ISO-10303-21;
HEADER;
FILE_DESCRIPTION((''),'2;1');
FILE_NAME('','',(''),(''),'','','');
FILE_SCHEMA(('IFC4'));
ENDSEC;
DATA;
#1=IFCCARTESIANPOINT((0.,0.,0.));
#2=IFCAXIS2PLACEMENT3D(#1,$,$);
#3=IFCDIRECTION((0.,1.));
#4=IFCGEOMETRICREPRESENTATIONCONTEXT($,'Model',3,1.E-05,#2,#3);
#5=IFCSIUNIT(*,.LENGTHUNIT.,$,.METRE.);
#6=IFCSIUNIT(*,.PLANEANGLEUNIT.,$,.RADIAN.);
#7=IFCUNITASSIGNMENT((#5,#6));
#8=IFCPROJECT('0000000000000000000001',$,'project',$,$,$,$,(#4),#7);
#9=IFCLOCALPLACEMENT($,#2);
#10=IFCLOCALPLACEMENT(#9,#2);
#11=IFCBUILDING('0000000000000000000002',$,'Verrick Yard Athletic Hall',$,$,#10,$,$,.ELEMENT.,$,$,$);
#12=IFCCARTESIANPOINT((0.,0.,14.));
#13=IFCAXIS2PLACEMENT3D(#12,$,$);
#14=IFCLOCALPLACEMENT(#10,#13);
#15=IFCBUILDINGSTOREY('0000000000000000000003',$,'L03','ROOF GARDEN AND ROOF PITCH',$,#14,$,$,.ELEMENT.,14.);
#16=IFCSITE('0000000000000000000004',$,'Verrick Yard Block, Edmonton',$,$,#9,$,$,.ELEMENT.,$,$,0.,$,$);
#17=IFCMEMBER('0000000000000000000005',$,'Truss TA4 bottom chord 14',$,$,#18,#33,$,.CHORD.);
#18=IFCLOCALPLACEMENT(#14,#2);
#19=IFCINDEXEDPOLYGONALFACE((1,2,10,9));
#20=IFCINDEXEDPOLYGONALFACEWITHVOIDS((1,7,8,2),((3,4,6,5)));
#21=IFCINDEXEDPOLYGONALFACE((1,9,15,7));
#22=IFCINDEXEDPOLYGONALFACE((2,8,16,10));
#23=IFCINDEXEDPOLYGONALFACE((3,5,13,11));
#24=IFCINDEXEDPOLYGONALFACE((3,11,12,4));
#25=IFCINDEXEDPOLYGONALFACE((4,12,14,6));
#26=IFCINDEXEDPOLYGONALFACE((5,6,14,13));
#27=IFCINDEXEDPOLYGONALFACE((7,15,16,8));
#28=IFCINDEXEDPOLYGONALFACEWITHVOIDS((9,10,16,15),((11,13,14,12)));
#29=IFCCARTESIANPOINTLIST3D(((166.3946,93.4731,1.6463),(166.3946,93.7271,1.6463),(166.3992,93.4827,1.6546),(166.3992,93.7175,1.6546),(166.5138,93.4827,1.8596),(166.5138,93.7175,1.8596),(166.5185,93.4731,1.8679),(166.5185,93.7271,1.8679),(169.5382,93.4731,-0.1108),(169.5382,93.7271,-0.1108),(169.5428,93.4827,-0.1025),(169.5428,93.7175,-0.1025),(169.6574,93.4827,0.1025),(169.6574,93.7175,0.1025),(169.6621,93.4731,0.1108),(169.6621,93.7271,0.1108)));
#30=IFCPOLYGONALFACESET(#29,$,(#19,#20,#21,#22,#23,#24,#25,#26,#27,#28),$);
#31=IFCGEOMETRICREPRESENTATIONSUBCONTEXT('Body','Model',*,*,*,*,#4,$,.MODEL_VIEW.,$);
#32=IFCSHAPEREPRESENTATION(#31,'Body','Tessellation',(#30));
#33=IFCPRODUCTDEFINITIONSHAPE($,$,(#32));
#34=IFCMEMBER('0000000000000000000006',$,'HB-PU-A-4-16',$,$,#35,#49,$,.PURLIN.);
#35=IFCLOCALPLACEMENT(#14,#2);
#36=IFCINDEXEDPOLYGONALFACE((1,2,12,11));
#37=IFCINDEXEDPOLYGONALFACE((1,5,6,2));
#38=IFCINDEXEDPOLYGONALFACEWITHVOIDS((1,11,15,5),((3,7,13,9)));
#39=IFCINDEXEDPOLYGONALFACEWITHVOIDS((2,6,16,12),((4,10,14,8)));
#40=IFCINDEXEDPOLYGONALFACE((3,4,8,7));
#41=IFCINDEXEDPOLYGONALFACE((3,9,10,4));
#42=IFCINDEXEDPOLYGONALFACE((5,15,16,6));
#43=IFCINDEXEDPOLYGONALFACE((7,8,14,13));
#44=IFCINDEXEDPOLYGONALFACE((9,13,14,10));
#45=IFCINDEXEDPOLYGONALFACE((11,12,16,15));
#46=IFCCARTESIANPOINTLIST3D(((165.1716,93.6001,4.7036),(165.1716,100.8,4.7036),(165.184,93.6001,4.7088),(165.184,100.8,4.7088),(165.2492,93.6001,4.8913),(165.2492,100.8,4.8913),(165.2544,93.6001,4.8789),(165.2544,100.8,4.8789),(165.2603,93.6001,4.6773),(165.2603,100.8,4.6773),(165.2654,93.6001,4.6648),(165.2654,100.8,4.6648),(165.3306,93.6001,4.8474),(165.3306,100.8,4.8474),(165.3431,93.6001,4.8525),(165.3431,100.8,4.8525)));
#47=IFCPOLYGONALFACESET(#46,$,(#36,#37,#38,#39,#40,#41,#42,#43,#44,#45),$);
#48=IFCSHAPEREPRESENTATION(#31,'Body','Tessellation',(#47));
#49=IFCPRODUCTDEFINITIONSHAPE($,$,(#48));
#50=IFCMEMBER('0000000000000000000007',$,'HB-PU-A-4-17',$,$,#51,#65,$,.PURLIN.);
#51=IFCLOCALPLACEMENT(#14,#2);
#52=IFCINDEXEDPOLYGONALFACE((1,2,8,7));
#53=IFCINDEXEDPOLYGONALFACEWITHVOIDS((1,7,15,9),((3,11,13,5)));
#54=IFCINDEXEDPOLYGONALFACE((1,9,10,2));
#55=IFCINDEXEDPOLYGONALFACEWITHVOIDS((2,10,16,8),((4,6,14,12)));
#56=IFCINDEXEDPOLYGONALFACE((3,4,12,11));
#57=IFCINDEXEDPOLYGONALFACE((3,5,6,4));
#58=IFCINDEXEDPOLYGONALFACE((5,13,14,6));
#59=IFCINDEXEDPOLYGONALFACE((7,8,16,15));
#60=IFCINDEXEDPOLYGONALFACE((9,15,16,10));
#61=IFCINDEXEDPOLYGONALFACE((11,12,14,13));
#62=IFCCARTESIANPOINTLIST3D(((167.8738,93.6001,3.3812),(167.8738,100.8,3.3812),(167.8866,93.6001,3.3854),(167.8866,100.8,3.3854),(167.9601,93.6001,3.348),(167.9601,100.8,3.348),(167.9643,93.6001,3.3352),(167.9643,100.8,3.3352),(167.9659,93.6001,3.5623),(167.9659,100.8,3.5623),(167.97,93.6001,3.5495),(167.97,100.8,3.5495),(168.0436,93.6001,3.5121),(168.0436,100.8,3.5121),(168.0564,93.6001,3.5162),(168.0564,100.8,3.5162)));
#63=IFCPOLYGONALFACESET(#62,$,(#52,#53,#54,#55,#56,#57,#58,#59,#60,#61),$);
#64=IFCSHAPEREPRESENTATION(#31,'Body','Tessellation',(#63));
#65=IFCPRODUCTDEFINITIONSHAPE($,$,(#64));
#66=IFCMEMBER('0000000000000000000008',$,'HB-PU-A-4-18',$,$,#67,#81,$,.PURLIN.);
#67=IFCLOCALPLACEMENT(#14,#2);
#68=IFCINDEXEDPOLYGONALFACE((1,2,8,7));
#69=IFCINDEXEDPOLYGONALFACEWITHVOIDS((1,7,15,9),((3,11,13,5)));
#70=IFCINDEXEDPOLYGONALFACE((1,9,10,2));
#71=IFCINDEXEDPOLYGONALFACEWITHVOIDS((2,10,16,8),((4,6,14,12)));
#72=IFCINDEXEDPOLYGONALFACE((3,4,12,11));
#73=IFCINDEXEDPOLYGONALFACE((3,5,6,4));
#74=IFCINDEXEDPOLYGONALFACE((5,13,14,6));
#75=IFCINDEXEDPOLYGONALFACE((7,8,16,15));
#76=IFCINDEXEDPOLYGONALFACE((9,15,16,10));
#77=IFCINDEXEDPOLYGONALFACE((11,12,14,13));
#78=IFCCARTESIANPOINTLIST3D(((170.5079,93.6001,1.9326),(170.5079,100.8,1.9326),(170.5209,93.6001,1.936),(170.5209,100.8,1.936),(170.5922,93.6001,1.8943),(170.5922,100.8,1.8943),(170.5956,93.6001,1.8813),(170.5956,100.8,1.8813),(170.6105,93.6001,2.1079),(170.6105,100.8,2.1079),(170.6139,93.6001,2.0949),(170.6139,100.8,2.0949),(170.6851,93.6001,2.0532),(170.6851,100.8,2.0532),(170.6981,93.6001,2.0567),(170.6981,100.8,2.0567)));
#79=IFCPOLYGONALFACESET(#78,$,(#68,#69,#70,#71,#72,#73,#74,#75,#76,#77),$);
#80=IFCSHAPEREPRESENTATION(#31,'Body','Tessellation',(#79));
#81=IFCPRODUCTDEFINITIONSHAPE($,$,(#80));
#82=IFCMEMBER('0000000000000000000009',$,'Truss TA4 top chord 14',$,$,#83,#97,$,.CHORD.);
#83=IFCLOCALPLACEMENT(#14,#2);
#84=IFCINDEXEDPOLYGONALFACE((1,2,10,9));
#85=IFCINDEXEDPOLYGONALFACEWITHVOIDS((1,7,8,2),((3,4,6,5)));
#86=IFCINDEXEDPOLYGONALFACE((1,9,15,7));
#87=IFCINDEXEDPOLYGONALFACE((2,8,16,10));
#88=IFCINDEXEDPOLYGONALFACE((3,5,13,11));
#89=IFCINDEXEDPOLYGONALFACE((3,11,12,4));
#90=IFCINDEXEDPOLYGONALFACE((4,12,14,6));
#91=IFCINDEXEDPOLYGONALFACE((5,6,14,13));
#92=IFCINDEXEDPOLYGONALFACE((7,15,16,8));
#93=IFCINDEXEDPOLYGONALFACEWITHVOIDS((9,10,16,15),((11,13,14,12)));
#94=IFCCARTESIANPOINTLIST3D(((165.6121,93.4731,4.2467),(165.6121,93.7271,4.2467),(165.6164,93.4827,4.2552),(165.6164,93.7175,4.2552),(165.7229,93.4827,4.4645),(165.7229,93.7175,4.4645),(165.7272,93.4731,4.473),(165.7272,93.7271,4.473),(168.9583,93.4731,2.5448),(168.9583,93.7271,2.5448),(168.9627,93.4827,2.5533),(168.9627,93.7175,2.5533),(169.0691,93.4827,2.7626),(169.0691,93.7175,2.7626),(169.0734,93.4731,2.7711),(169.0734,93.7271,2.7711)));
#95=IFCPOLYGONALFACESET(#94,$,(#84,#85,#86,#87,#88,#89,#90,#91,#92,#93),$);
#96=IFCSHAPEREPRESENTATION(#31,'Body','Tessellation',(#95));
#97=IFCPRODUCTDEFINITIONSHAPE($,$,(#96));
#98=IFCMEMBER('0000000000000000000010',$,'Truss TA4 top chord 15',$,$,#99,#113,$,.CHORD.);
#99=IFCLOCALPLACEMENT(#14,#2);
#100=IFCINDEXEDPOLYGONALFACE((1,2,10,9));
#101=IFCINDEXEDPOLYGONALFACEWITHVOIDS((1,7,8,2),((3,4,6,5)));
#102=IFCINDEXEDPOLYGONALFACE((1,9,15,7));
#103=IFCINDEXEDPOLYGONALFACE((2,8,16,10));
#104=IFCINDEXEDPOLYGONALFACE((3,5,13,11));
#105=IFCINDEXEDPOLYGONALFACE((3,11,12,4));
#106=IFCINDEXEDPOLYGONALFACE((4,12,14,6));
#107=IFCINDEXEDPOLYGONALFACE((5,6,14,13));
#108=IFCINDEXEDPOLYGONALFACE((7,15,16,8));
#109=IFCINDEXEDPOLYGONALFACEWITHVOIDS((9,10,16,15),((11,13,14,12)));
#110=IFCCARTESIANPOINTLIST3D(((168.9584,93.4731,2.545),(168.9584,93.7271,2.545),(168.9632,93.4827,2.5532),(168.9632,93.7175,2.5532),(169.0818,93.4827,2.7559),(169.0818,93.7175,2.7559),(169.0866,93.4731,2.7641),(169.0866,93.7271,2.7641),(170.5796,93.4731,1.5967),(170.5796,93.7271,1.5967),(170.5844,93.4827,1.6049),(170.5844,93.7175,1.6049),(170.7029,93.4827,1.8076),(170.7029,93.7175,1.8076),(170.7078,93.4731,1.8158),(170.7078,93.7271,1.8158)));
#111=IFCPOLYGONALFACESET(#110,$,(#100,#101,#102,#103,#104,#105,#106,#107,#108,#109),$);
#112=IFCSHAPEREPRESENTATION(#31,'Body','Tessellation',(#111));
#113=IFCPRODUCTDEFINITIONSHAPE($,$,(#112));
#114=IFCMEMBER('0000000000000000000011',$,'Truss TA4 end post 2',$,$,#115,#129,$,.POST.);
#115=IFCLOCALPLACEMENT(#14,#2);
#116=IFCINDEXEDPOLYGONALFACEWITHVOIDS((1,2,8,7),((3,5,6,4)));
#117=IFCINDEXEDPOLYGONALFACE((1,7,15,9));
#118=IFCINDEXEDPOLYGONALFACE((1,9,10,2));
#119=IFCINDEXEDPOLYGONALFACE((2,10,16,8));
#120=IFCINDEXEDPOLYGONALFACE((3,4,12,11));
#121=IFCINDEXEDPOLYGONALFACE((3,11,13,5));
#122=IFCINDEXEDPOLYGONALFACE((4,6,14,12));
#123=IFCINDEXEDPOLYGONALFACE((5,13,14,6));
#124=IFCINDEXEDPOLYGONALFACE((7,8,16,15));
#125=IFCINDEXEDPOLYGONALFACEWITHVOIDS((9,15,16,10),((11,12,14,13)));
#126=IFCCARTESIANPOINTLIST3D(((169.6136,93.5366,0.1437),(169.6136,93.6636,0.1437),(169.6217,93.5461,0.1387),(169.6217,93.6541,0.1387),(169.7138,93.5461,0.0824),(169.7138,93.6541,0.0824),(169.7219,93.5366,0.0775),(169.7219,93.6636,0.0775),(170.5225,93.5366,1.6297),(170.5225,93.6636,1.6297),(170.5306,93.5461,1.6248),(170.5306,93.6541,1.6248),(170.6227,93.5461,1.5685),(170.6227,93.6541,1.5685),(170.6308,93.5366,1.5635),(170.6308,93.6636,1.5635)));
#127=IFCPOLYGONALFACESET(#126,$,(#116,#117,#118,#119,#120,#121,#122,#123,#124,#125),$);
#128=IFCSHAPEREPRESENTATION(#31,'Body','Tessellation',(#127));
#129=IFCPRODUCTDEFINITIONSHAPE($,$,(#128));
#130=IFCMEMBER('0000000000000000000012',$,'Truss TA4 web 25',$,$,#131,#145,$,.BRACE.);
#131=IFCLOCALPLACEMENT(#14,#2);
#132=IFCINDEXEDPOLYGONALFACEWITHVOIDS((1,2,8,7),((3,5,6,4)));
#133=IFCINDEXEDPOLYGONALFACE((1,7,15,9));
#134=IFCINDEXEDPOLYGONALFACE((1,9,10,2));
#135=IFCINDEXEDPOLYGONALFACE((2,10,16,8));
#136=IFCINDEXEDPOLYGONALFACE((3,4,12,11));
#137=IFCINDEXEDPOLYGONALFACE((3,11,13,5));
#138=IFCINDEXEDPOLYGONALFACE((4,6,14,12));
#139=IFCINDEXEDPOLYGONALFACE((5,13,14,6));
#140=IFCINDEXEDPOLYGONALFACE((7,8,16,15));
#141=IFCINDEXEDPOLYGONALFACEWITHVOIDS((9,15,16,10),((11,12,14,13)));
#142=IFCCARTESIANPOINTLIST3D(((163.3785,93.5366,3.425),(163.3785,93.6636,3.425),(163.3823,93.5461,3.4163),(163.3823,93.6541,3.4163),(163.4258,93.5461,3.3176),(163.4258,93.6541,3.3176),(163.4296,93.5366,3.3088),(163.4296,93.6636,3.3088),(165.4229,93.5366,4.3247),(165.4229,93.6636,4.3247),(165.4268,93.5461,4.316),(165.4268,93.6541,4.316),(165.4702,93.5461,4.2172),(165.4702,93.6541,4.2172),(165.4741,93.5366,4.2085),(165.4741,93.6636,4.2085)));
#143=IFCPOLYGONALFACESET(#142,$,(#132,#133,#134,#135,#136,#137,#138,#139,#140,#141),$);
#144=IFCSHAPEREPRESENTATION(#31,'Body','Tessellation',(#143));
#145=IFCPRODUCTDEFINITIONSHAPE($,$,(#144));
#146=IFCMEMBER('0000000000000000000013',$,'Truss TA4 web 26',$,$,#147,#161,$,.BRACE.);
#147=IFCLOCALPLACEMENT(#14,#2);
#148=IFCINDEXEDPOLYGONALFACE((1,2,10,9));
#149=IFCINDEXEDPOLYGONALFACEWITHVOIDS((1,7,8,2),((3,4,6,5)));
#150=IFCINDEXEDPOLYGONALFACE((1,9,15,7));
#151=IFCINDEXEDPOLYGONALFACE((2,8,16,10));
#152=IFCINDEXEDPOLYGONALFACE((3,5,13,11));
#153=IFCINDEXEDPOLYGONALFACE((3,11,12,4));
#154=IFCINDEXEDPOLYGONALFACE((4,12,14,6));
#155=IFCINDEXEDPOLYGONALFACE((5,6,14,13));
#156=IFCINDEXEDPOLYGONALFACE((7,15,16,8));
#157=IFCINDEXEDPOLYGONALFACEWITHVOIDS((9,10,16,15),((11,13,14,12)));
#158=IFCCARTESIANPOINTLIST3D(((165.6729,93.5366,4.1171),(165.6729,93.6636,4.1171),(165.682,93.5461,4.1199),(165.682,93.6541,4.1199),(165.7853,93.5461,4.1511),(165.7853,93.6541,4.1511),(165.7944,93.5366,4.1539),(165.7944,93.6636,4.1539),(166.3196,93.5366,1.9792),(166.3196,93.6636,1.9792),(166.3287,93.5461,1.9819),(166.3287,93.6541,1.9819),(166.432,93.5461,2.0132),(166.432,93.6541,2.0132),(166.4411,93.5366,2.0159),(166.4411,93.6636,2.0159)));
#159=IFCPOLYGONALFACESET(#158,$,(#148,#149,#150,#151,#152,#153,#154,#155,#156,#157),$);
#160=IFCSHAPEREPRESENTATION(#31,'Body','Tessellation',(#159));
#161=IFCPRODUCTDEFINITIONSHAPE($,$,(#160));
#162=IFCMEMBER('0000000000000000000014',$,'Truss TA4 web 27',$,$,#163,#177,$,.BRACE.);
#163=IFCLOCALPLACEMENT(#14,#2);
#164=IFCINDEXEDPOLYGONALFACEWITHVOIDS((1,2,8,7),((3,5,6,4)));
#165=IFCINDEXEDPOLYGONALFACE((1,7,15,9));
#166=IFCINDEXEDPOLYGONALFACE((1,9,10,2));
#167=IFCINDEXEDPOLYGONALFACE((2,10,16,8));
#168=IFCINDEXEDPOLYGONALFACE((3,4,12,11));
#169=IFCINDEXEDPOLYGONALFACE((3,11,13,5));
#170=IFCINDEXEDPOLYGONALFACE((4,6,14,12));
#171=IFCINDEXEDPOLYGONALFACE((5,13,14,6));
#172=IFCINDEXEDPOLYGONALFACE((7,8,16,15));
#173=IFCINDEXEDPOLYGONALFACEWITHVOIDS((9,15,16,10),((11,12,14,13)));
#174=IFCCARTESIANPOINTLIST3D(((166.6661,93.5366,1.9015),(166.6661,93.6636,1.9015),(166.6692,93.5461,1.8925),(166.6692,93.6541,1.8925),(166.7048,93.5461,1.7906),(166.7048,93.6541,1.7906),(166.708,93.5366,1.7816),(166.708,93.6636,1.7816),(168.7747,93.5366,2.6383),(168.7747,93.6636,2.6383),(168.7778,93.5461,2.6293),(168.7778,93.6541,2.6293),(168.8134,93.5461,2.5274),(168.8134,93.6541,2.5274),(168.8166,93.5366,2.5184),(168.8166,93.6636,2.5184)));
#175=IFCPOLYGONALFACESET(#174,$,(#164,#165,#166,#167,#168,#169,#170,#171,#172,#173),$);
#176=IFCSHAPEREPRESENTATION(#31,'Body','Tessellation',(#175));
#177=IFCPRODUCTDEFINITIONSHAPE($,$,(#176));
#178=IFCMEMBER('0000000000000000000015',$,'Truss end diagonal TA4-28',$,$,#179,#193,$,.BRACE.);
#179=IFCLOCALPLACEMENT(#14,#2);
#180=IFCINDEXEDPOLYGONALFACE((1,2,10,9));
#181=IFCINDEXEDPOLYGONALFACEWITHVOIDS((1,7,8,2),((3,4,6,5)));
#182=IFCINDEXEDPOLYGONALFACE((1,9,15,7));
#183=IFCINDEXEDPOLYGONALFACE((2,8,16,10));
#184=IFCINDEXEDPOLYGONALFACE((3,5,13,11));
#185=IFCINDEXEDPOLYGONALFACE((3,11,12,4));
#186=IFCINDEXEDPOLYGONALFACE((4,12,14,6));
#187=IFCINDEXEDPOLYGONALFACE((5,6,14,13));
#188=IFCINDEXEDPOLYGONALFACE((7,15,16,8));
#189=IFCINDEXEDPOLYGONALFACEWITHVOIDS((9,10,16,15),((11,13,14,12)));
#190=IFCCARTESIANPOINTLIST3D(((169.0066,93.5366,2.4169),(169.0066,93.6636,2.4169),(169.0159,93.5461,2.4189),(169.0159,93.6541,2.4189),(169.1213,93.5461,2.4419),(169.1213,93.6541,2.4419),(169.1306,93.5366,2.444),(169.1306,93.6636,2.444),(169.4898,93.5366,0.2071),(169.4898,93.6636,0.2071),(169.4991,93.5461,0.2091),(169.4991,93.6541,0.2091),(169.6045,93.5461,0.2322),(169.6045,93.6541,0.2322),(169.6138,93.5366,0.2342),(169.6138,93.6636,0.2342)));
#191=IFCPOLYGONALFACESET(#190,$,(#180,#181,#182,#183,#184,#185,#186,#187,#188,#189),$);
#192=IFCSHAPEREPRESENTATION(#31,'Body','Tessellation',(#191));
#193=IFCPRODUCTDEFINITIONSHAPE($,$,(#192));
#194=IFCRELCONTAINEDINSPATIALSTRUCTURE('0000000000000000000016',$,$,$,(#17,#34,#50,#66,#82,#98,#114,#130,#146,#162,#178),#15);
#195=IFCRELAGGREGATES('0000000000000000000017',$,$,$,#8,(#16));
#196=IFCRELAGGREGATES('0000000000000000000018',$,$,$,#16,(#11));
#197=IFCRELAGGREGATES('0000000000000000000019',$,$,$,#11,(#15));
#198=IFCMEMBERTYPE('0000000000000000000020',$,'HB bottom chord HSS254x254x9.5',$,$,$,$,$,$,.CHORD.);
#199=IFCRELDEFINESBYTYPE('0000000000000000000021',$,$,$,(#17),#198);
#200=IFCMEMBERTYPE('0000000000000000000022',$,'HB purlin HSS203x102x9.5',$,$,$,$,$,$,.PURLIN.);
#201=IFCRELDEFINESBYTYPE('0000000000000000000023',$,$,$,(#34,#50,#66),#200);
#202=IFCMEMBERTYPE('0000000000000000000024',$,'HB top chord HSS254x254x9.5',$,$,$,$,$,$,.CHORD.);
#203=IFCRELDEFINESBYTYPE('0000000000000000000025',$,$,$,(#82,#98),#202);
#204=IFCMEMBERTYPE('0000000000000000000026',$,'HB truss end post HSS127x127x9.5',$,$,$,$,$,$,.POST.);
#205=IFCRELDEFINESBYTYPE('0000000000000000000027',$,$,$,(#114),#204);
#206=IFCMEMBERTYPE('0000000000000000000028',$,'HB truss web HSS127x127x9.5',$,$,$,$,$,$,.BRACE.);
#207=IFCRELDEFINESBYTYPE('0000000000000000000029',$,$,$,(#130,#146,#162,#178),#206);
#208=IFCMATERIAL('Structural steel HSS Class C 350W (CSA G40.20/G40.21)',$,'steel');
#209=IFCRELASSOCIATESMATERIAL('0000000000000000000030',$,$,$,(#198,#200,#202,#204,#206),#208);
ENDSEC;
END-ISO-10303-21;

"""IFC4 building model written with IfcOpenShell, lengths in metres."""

from ifc_helpers import new_model, si_unit, direction, frame, origin, origin_2d, place, context, subcontext, project, spatial, hollow_rectangle, extrude, material, material_profile, profile_set, type_object, element, save


model = new_model("IFC4")

# Units and contexts
model_context = context("Model", 3, precision=1e-05, world=origin(), true_north=direction((0.0, 1.0)))
body_context = subcontext(model_context, "Body", "Model", "MODEL_VIEW")
ifc_project = project(units=[si_unit("LENGTHUNIT", "METRE"), si_unit("PLANEANGLEUNIT", "RADIAN")], contexts=[model_context])

# Site, building, storey
site_placement = place(None, origin())
site = spatial("IfcSite", under=ifc_project, at=site_placement, Name="Verrick Yard Block, Edmonton", CompositionType="ELEMENT", RefElevation=0.0)
building_placement = place(site_placement, origin())
building = spatial("IfcBuilding", under=site, at=building_placement, Name="Verrick Yard Athletic Hall", CompositionType="ELEMENT")
storey_placement = place(building_placement, frame((0.0, 0.0, 14.0)))
storey = spatial("IfcBuildingStorey", under=building, at=storey_placement, Name="L03", Description="ROOF GARDEN AND ROOF PITCH", CompositionType="ELEMENT", Elevation=14.0)

# Members
ifc_material_1 = material(Name="Structural steel HSS Class C 350W (CSA G40.20/G40.21)", Category="steel")
ifc_material_profile_1 = material_profile(ifc_material_1, hollow_rectangle(XDim=0.2539, YDim=0.2539, WallThickness=0.0095, at=origin_2d()), Name="HSS254x254x9.5")
ifc_profile_set_1 = profile_set([ifc_material_profile_1], Name="Structural steel HSS Class C 350W (CSA G40.20/G40.21)")
member_type_1 = type_object("IfcMemberType", Name="HB bottom chord HSS254x254x9.5", PredefinedType="CHORD", material=ifc_profile_set_1)
member_1_placement = place(storey_placement, frame((166.4565, 93.6001, 1.7571), z_axis=(0.872898, 0.0, -0.487903), x_axis=(0.0, 1.0, 0.0)))
element("IfcMember", 1, at=member_1_placement, inside=storey, type_object=member_type_1, Name="Truss TA4 bottom chord 14", PredefinedType="CHORD", context=body_context, shape_type="SweptSolid", body=[
    extrude(hollow_rectangle(XDim=0.2539, YDim=0.2539, WallThickness=0.0095, at=origin_2d()), origin(), (0.0, 0.0, 1.0), 3.6013),
])
ifc_material_profile_2 = material_profile(ifc_material_1, hollow_rectangle(XDim=0.1016, YDim=0.2031, WallThickness=0.0095, at=origin_2d()), Name="HSS203x102x9.5")
ifc_profile_set_2 = profile_set([ifc_material_profile_2], Name="Structural steel HSS Class C 350W (CSA G40.20/G40.21)")
member_type_2 = type_object("IfcMemberType", Name="HB purlin HSS203x102x9.5", PredefinedType="PURLIN", material=ifc_profile_set_2)
for number, where, z_axis, x_axis, name in (
    (2, (165.2573, 93.6001, 4.7781), (0.0, 1.0, 0.0), (-0.924123, 0.0, 0.382096), "HB-PU-A-4-16"),
    (3, (167.9651, 93.6001, 3.4487), (0.0, 1.0, 0.0), (-0.891353, 0.0, 0.45331), "HB-PU-A-4-17"),
    (4, (170.603, 93.6001, 1.9946), (0.0, 1.0, 0.0), (-0.863168, 0.0, 0.504917), "HB-PU-A-4-18"),
):
    element("IfcMember", number, at=place(storey_placement, frame(where, z_axis=z_axis, x_axis=x_axis)), inside=storey, type_object=member_type_2, Name=name, PredefinedType="PURLIN", context=body_context, shape_type="SweptSolid", body=[
        extrude(hollow_rectangle(XDim=0.1016, YDim=0.2031, WallThickness=0.0095, at=origin_2d()), origin(), (0.0, 0.0, 1.0), 7.2),
    ])
ifc_material_profile_3 = material_profile(ifc_material_1, hollow_rectangle(XDim=0.2539, YDim=0.2539, WallThickness=0.0095, at=origin_2d()), Name="HSS254x254x9.5")
ifc_profile_set_3 = profile_set([ifc_material_profile_3], Name="Structural steel HSS Class C 350W (CSA G40.20/G40.21)")
member_type_3 = type_object("IfcMemberType", Name="HB top chord HSS254x254x9.5", PredefinedType="CHORD", material=ifc_profile_set_3)
member_2_placement = place(storey_placement, frame((165.6697, 93.6001, 4.3599), z_axis=(0.891337, 0.0, -0.453342), x_axis=(0.0, 1.0, 0.0)))
element("IfcMember", 5, at=member_2_placement, inside=storey, type_object=member_type_3, Name="Truss TA4 top chord 14", PredefinedType="CHORD", context=body_context, shape_type="SweptSolid", body=[
    extrude(hollow_rectangle(XDim=0.2539, YDim=0.2539, WallThickness=0.0095, at=origin_2d()), origin(), (0.0, 0.0, 1.0), 3.7542),
])
member_3_placement = place(storey_placement, frame((169.0225, 93.6001, 2.6545), z_axis=(0.863175, 0.0, -0.504905), x_axis=(0.0, 1.0, 0.0)))
element("IfcMember", 6, at=member_3_placement, inside=storey, type_object=member_type_3, Name="Truss TA4 top chord 15", PredefinedType="CHORD", context=body_context, shape_type="SweptSolid", body=[
    extrude(hollow_rectangle(XDim=0.2539, YDim=0.2539, WallThickness=0.0095, at=origin_2d()), origin(), (0.0, 0.0, 1.0), 1.8782),
])
ifc_material_profile_4 = material_profile(ifc_material_1, hollow_rectangle(XDim=0.127, YDim=0.127, WallThickness=0.0095, at=origin_2d()), Name="HSS127x127x9.5")
ifc_profile_set_4 = profile_set([ifc_material_profile_4], Name="Structural steel HSS Class C 350W (CSA G40.20/G40.21)")
member_type_4 = type_object("IfcMemberType", Name="HB truss end post HSS127x127x9.5", PredefinedType="POST", material=ifc_profile_set_4)
member_4_placement = place(storey_placement, frame((169.6677, 93.6001, 0.1106), z_axis=(0.521773, 0.0, 0.853084), x_axis=(0.0, 1.0, 0.0)))
element("IfcMember", 7, at=member_4_placement, inside=storey, type_object=member_type_4, Name="Truss TA4 end post 2", PredefinedType="POST", context=body_context, shape_type="SweptSolid", body=[
    extrude(hollow_rectangle(XDim=0.127, YDim=0.127, WallThickness=0.0095, at=origin_2d()), origin(), (0.0, 0.0, 1.0), 1.7419),
])
ifc_material_profile_5 = material_profile(ifc_material_1, hollow_rectangle(XDim=0.127, YDim=0.127, WallThickness=0.0095, at=origin_2d()), Name="HSS127x127x9.5")
ifc_profile_set_5 = profile_set([ifc_material_profile_5], Name="Structural steel HSS Class C 350W (CSA G40.20/G40.21)")
member_type_5 = type_object("IfcMemberType", Name="HB truss web HSS127x127x9.5", PredefinedType="BRACE", material=ifc_profile_set_5)
for number, where, z_axis, x_axis, name in (
    (8, (163.4041, 93.6001, 3.3669), (0.915297, 0.0, 0.402779), (0.0, 1.0, 0.0), "Truss TA4 web 25"),
    (9, (165.7336, 93.6001, 4.1355), (0.289543, 0.0, -0.957165), (0.0, 1.0, 0.0), "Truss TA4 web 26"),
    (10, (166.687, 93.6001, 1.8416), (0.944027, 0.0, 0.329868), (0.0, 1.0, 0.0), "Truss TA4 web 27"),
):
    element("IfcMember", number, at=place(storey_placement, frame(where, z_axis=z_axis, x_axis=x_axis)), inside=storey, type_object=member_type_5, Name=name, PredefinedType="BRACE", context=body_context, shape_type="SweptSolid", body=[
        extrude(hollow_rectangle(XDim=0.127, YDim=0.127, WallThickness=0.0095, at=origin_2d()), origin(), (0.0, 0.0, 1.0), 2.2336),
    ])
member_5_placement = place(storey_placement, frame((169.0686, 93.6001, 2.4304), z_axis=(0.213604, 0.0, -0.97692), x_axis=(0.0, 1.0, 0.0)))
element("IfcMember", 11, at=member_5_placement, inside=storey, type_object=member_type_5, Name="Truss end diagonal TA4-28", PredefinedType="BRACE", context=body_context, shape_type="SweptSolid", body=[
    extrude(hollow_rectangle(XDim=0.127, YDim=0.127, WallThickness=0.0095, at=origin_2d()), origin(), (0.0, 0.0, 1.0), 2.262),
])

save(model, "model.ifc")
